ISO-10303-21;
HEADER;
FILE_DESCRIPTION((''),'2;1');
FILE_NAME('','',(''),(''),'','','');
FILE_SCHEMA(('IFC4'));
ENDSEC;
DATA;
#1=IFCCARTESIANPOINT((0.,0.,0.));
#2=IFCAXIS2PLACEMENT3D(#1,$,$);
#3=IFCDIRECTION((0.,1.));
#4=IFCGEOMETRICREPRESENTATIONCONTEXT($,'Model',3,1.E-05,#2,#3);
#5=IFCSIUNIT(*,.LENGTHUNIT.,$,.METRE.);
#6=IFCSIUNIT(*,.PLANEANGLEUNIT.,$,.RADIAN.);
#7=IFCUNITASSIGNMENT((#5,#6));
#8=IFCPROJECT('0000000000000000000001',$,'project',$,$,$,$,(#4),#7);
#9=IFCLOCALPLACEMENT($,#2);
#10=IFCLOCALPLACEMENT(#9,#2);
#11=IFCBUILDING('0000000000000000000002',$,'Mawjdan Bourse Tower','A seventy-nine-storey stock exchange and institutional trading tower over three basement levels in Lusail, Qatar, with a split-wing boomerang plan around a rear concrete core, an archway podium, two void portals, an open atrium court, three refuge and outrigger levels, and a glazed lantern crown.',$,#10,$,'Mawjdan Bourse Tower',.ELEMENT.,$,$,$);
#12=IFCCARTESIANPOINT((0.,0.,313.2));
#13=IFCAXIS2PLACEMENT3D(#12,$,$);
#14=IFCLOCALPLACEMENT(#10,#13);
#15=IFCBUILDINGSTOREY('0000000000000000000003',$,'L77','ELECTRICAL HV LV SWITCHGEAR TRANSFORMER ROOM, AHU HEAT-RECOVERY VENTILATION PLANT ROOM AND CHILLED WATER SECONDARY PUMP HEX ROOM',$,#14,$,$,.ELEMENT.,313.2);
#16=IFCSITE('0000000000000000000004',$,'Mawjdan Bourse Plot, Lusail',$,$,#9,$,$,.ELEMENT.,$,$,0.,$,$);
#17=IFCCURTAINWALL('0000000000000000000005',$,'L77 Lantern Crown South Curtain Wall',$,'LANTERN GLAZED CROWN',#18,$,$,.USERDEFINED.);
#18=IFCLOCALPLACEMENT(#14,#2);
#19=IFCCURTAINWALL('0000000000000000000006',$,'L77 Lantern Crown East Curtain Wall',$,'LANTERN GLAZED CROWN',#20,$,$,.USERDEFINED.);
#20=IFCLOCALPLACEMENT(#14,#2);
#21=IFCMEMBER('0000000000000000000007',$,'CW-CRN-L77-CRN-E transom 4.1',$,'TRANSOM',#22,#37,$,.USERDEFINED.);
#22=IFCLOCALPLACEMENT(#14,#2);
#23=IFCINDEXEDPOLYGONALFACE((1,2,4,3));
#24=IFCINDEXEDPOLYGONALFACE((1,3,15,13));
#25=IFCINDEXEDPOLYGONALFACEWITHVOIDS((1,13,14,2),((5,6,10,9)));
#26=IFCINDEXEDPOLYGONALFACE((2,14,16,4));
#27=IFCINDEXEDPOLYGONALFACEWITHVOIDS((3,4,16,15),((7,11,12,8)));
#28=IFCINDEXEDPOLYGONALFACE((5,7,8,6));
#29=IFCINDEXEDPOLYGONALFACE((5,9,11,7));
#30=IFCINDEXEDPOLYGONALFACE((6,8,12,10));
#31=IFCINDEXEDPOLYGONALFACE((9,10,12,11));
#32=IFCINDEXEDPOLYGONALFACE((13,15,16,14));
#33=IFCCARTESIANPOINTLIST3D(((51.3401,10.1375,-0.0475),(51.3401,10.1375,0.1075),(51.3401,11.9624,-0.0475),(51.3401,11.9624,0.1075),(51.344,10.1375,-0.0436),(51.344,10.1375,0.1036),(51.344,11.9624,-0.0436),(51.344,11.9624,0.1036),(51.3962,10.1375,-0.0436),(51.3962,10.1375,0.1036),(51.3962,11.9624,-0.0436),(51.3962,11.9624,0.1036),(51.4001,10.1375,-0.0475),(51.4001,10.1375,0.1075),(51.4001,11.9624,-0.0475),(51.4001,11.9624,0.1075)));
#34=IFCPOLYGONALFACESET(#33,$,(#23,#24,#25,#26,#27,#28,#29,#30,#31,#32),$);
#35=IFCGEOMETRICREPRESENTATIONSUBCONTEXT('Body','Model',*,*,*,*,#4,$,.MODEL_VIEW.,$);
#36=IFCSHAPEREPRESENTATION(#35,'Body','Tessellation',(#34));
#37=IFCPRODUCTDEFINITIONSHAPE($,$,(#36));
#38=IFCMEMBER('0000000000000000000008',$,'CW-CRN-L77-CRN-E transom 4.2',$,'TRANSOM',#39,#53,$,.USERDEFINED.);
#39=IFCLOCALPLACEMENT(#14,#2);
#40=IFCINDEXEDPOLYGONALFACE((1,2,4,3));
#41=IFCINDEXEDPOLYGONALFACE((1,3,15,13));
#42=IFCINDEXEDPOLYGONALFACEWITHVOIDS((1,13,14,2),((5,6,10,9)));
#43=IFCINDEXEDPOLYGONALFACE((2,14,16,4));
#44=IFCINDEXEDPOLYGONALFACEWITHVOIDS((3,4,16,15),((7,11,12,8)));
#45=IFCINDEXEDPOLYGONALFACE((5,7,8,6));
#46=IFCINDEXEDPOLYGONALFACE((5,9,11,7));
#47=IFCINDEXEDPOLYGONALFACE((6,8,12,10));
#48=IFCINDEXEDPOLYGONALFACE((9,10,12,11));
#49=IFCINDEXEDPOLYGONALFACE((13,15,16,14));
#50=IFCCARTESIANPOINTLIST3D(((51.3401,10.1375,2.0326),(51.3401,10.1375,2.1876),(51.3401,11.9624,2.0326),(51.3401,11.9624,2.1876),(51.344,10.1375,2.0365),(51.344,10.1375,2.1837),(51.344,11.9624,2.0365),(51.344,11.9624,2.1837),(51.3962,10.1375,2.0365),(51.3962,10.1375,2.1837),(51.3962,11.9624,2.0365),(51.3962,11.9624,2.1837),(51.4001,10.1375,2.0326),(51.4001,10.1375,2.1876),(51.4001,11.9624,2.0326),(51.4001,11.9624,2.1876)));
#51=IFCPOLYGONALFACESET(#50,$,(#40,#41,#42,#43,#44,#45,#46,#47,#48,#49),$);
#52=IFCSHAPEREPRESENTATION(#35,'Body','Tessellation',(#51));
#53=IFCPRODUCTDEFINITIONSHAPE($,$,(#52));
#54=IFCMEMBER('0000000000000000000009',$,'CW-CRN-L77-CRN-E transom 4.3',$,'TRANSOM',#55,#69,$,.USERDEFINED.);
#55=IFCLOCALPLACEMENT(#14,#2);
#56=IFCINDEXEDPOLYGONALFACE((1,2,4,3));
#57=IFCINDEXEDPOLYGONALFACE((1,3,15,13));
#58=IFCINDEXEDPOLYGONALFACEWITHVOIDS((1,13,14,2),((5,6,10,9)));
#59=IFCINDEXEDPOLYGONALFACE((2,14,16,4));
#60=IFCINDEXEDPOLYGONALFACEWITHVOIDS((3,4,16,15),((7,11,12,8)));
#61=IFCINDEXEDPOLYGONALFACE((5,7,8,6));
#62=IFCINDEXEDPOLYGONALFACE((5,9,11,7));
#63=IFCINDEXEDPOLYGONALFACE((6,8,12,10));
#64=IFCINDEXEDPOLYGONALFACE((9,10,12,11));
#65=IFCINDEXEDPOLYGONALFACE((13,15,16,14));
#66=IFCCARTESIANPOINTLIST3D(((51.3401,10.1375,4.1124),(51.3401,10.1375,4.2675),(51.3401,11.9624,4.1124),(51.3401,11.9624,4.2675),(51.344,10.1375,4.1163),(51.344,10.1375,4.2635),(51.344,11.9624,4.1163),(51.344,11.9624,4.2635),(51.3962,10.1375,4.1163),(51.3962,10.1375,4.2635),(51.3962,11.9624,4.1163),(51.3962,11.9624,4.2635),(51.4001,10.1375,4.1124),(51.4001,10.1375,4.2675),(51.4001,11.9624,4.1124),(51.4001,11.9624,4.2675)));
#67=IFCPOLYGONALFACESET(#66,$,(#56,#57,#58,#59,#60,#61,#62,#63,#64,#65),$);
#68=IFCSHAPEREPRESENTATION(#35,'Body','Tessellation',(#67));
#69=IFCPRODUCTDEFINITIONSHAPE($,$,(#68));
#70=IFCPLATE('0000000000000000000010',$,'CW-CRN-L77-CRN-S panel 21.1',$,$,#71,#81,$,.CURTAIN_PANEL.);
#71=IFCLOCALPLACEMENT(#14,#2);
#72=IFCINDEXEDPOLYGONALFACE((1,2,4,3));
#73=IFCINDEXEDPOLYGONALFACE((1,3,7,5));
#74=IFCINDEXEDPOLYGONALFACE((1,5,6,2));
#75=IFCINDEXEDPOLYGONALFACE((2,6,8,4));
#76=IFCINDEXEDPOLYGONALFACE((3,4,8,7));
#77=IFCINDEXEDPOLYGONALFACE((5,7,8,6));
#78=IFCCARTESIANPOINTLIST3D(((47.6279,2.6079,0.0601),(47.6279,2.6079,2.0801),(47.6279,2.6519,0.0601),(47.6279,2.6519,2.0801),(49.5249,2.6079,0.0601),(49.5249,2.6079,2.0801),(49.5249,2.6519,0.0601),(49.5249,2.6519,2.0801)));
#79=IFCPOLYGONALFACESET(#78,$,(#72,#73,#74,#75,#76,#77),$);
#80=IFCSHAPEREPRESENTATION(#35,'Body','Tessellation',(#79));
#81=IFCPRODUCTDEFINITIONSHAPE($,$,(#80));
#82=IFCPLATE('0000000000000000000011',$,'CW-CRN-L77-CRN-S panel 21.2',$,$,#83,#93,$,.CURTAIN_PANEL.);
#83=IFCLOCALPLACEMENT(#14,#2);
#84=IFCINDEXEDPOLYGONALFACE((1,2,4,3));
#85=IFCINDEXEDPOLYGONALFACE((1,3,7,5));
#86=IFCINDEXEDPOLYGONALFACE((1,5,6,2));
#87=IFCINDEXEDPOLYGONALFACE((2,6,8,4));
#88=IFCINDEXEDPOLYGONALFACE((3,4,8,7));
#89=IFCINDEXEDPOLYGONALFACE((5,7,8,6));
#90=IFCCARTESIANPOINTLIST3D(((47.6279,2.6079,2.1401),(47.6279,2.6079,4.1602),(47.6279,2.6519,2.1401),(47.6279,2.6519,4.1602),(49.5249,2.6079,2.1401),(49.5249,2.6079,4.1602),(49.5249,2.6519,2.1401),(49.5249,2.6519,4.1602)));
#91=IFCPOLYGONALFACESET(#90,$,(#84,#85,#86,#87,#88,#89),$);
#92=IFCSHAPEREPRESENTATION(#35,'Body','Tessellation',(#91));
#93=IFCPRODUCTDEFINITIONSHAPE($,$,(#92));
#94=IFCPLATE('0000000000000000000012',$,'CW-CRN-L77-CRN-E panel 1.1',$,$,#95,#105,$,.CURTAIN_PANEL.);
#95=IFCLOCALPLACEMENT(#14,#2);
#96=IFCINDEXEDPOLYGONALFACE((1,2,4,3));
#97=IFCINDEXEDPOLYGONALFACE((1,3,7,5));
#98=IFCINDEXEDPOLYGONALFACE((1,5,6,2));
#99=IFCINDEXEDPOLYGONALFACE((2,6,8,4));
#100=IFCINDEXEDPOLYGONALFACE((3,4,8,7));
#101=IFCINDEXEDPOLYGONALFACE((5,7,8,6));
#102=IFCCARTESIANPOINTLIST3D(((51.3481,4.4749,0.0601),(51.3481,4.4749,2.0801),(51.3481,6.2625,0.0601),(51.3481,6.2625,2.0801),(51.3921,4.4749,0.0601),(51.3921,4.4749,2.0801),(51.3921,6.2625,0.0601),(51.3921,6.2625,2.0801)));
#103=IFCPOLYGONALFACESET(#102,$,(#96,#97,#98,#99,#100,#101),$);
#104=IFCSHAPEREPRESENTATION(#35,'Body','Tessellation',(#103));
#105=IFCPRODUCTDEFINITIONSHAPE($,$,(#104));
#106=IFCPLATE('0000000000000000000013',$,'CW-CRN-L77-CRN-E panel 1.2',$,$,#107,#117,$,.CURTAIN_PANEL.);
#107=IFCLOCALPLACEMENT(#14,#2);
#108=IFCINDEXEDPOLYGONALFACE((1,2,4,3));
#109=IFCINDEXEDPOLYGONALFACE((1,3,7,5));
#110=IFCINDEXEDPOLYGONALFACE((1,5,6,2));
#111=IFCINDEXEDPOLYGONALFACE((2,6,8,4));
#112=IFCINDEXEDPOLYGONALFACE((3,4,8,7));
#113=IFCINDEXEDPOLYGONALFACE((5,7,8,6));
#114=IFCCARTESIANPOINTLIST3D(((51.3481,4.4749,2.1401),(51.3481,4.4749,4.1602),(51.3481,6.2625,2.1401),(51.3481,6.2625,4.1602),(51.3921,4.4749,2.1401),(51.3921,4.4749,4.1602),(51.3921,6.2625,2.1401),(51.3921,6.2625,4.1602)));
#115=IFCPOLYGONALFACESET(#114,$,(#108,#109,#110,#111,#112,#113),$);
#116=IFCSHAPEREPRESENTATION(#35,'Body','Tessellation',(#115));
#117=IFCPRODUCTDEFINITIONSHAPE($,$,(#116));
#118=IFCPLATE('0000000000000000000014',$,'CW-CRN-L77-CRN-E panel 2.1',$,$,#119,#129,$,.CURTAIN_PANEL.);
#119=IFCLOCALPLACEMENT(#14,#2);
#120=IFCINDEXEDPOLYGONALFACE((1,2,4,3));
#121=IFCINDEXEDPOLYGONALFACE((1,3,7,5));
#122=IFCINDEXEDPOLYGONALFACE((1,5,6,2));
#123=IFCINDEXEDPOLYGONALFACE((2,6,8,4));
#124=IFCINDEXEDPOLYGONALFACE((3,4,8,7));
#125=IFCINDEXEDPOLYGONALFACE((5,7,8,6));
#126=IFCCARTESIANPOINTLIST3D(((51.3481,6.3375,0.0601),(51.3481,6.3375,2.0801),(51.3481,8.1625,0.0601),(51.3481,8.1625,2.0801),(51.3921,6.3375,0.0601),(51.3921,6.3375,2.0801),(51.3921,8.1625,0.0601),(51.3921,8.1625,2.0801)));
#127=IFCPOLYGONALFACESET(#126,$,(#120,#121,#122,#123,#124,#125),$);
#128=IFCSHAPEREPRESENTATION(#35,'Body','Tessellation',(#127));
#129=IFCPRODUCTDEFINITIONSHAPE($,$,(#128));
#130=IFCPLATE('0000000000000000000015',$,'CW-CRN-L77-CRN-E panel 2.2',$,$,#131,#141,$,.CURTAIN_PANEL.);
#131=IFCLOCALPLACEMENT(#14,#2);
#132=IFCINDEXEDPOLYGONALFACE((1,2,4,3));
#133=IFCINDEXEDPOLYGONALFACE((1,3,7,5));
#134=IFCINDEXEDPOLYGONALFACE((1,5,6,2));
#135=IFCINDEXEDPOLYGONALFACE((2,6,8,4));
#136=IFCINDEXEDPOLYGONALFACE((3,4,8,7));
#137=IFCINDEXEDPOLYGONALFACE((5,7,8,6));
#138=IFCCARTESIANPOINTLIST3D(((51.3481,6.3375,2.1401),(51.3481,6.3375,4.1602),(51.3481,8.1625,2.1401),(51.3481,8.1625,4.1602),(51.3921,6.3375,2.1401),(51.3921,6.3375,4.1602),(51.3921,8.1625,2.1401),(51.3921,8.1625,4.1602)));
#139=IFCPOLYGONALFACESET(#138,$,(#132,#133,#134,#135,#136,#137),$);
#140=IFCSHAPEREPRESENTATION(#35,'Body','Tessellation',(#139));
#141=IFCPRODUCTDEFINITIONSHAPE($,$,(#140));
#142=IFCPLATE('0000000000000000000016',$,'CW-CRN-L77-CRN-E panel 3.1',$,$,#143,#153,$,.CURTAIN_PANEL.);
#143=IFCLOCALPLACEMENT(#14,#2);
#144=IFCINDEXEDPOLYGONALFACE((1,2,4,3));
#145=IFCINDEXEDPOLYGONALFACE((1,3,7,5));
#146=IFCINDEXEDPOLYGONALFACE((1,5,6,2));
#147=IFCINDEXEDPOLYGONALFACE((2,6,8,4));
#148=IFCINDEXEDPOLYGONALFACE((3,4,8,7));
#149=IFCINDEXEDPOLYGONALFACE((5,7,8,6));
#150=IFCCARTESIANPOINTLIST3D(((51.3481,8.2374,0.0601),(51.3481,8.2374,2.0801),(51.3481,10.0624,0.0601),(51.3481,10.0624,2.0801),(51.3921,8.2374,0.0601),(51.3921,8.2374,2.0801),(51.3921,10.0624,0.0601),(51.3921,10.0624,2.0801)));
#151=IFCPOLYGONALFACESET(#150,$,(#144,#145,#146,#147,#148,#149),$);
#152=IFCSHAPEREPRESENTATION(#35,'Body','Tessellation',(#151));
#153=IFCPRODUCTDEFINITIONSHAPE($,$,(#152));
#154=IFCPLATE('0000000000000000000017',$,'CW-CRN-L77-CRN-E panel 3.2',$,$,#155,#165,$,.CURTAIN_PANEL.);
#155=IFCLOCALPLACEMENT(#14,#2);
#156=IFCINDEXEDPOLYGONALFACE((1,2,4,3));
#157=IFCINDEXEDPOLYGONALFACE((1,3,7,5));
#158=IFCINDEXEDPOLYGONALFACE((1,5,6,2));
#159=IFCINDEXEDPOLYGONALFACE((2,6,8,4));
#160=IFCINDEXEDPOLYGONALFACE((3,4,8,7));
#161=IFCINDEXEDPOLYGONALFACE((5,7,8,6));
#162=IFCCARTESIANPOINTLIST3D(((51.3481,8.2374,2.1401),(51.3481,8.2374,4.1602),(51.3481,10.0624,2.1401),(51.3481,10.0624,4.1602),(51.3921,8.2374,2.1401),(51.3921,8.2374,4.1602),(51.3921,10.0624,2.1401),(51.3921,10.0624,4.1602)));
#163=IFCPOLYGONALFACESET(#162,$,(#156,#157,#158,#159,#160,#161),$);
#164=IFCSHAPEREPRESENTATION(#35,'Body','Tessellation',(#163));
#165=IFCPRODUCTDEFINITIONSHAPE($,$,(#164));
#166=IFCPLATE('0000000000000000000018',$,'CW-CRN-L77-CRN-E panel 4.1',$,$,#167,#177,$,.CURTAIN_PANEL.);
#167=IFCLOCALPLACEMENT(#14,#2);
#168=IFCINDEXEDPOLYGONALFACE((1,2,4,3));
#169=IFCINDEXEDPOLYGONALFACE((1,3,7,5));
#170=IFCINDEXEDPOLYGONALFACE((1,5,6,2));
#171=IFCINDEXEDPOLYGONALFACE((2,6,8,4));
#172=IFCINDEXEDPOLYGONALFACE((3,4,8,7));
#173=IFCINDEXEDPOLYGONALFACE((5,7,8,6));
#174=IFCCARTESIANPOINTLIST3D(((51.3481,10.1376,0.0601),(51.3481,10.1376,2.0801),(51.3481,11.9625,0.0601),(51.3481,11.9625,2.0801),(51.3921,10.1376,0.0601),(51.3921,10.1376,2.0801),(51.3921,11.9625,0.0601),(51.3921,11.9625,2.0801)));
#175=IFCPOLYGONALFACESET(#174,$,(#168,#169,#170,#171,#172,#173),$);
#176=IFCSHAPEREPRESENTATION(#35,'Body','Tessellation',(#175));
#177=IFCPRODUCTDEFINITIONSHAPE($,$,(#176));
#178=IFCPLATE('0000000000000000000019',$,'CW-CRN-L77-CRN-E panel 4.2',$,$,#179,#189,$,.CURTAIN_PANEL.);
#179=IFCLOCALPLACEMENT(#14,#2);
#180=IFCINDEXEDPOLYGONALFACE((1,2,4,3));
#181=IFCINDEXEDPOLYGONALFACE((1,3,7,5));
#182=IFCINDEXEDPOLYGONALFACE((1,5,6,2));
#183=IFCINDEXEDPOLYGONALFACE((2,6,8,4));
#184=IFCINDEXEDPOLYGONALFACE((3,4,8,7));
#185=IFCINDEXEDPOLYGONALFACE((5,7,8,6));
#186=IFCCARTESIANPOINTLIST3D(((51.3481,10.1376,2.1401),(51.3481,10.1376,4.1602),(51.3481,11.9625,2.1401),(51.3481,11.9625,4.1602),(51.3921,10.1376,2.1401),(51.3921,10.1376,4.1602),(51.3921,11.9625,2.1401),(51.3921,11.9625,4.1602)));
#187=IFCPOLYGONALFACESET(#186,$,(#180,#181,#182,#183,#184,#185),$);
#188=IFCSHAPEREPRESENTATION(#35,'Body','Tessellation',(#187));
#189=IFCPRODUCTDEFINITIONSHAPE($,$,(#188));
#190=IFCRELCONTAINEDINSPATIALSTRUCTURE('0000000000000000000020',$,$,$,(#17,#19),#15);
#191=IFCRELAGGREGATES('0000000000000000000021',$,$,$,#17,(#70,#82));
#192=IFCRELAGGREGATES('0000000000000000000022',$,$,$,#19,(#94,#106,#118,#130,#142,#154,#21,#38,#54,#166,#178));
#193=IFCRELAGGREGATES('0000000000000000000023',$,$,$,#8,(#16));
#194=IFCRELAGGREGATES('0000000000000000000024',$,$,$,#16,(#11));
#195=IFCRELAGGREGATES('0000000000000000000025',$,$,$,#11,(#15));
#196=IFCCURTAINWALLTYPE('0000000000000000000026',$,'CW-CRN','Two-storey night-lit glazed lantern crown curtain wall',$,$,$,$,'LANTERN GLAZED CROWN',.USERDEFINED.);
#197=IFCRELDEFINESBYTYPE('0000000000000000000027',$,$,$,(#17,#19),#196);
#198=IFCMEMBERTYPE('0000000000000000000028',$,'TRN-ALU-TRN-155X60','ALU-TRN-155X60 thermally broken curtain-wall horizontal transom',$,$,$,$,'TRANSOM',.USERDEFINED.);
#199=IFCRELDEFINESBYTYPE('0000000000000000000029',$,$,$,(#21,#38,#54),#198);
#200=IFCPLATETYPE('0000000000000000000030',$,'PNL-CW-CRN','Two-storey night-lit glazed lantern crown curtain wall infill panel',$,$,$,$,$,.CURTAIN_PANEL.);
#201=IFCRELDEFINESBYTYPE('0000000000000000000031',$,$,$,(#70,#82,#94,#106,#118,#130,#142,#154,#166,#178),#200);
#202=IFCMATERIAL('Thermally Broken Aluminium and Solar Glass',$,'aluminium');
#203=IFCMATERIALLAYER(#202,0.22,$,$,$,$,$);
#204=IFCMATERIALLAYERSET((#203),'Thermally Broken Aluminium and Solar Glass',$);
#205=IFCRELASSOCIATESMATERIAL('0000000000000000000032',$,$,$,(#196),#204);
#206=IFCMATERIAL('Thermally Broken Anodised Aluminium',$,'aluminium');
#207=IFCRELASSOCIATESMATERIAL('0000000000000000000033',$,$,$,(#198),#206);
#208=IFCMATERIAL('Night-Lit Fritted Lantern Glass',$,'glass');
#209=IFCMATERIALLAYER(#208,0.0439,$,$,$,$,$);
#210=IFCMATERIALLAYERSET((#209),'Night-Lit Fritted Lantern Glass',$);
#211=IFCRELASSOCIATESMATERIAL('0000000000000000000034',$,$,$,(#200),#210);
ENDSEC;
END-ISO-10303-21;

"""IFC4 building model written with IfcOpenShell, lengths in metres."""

from ifc_helpers import new_model, si_unit, direction, frame, origin, origin_2d, place, context, subcontext, project, spatial, rectangle, hollow_rectangle, extrude, material, layer, layer_set, material_profile, profile_set, type_object, element, aggregate, save


model = new_model("IFC4")

# Units and contexts
model_context = context("Model", 3, precision=1e-05, world=origin(), true_north=direction((0.0, 1.0)))
body_context = subcontext(model_context, "Body", "Model", "MODEL_VIEW")
ifc_project = project(units=[si_unit("LENGTHUNIT", "METRE"), si_unit("PLANEANGLEUNIT", "RADIAN")], contexts=[model_context])

# Site, building, storey
site_placement = place(None, origin())
site = spatial("IfcSite", under=ifc_project, at=site_placement, Name="Mawjdan Bourse Plot, Lusail", CompositionType="ELEMENT", RefElevation=0.0)
building_placement = place(site_placement, origin())
building = spatial("IfcBuilding", under=site, at=building_placement, Name="Mawjdan Bourse Tower", Description="A seventy-nine-storey stock exchange and institutional trading tower over three basement levels in Lusail, Qatar, with a split-wing boomerang plan around a rear concrete core, an archway podium, two void portals, an open atrium court, three refuge and outrigger levels, and a glazed lantern crown.", LongName="Mawjdan Bourse Tower", CompositionType="ELEMENT")
storey_placement = place(building_placement, frame((0.0, 0.0, 313.2)))
storey = spatial("IfcBuildingStorey", under=building, at=storey_placement, Name="L77", Description="ELECTRICAL HV LV SWITCHGEAR TRANSFORMER ROOM, AHU HEAT-RECOVERY VENTILATION PLANT ROOM AND CHILLED WATER SECONDARY PUMP HEX ROOM", CompositionType="ELEMENT", Elevation=313.2)

# Curtain wall
ifc_material_1 = material(Name="Thermally Broken Aluminium and Solar Glass", Category="aluminium")
ifc_layer_1 = layer(ifc_material_1, 0.22)
ifc_layer_set_1 = layer_set([ifc_layer_1], Name="Thermally Broken Aluminium and Solar Glass")
curtain_wall_type = type_object("IfcCurtainWallType", Name="CW-CRN", Description="Two-storey night-lit glazed lantern crown curtain wall", ElementType="LANTERN GLAZED CROWN", PredefinedType="USERDEFINED", material=ifc_layer_set_1)
curtain_wall_1_placement = place(storey_placement, origin())
curtain_wall_1 = element("IfcCurtainWall", 1, at=curtain_wall_1_placement, inside=storey, type_object=curtain_wall_type, Name="L77 Lantern Crown South Curtain Wall", ObjectType="LANTERN GLAZED CROWN", PredefinedType="USERDEFINED")
ifc_material_2 = material(Name="Thermally Broken Anodised Aluminium", Category="aluminium")

# Curtain wall
curtain_wall_2_placement = place(storey_placement, origin())
curtain_wall_2 = element("IfcCurtainWall", 2, at=curtain_wall_2_placement, inside=storey, type_object=curtain_wall_type, Name="L77 Lantern Crown East Curtain Wall", ObjectType="LANTERN GLAZED CROWN", PredefinedType="USERDEFINED")

# Members
ifc_material_profile_1 = material_profile(ifc_material_2, hollow_rectangle(XDim=0.0601, YDim=0.155, WallThickness=0.0039, at=origin_2d()), Name="ALU-TRN-155X60")
ifc_profile_set_1 = profile_set([ifc_material_profile_1], Name="Thermally Broken Anodised Aluminium")
member_type_1 = type_object("IfcMemberType", Name="TRN-ALU-TRN-155X60", Description="ALU-TRN-155X60 thermally broken curtain-wall horizontal transom", ElementType="TRANSOM", PredefinedType="USERDEFINED", material=ifc_profile_set_1)
member_1_placement = place(storey_placement, frame((51.3701, 10.1375, 0.03), z_axis=(0.0, 1.0, 0.0), x_axis=(-1.0, 0.0, 0.0)))
member_1 = element("IfcMember", 3, at=member_1_placement, type_object=member_type_1, Name="CW-CRN-L77-CRN-E transom 4.1", ObjectType="TRANSOM", PredefinedType="USERDEFINED", context=body_context, shape_type="SweptSolid", body=[
    extrude(hollow_rectangle(XDim=0.0601, YDim=0.155, WallThickness=0.0039, at=origin_2d()), origin(), (0.0, 0.0, 1.0), 1.825),
])
member_2_placement = place(storey_placement, frame((51.3701, 10.1375, 2.1101), z_axis=(0.0, 1.0, 0.0), x_axis=(-1.0, 0.0, 0.0)))
member_2 = element("IfcMember", 4, at=member_2_placement, type_object=member_type_1, Name="CW-CRN-L77-CRN-E transom 4.2", ObjectType="TRANSOM", PredefinedType="USERDEFINED", context=body_context, shape_type="SweptSolid", body=[
    extrude(hollow_rectangle(XDim=0.0601, YDim=0.155, WallThickness=0.0039, at=origin_2d()), origin(), (0.0, 0.0, 1.0), 1.825),
])
member_3_placement = place(storey_placement, frame((51.3701, 10.1375, 4.1899), z_axis=(0.0, 1.0, 0.0), x_axis=(-1.0, 0.0, 0.0)))
member_3 = element("IfcMember", 5, at=member_3_placement, type_object=member_type_1, Name="CW-CRN-L77-CRN-E transom 4.3", ObjectType="TRANSOM", PredefinedType="USERDEFINED", context=body_context, shape_type="SweptSolid", body=[
    extrude(hollow_rectangle(XDim=0.0601, YDim=0.155, WallThickness=0.0039, at=origin_2d()), origin(), (0.0, 0.0, 1.0), 1.825),
])

# Plates
ifc_material_3 = material(Name="Night-Lit Fritted Lantern Glass", Category="glass")
ifc_layer_2 = layer(ifc_material_3, 0.0439)
ifc_layer_set_2 = layer_set([ifc_layer_2], Name="Night-Lit Fritted Lantern Glass")
plate_type = type_object("IfcPlateType", Name="PNL-CW-CRN", Description="Two-storey night-lit glazed lantern crown curtain wall infill panel", PredefinedType="CURTAIN_PANEL", material=ifc_layer_set_2)
plate_1_placement = place(storey_placement, frame((48.5764, 2.6299, 0.0601), z_axis=(0.0, 0.0, 1.0), x_axis=(1.0, 0.0, 0.0)))
plate_1 = element("IfcPlate", 6, at=plate_1_placement, type_object=plate_type, Name="CW-CRN-L77-CRN-S panel 21.1", PredefinedType="CURTAIN_PANEL", context=body_context, shape_type="SweptSolid", body=[
    extrude(rectangle(XDim=1.897, YDim=0.0439, at=origin_2d()), origin(), (0.0, 0.0, 1.0), 2.02),
])
plate_2_placement = place(storey_placement, frame((48.5764, 2.6299, 2.1401), z_axis=(0.0, 0.0, 1.0), x_axis=(1.0, 0.0, 0.0)))
plate_2 = element("IfcPlate", 7, at=plate_2_placement, type_object=plate_type, Name="CW-CRN-L77-CRN-S panel 21.2", PredefinedType="CURTAIN_PANEL", context=body_context, shape_type="SweptSolid", body=[
    extrude(rectangle(XDim=1.897, YDim=0.0439, at=origin_2d()), origin(), (0.0, 0.0, 1.0), 2.02),
])
aggregate(curtain_wall_1, [plate_1, plate_2])
plate_3_placement = place(storey_placement, frame((51.3701, 5.3687, 0.0601), z_axis=(0.0, 0.0, 1.0), x_axis=(0.0, 1.0, 0.0)))
plate_3 = element("IfcPlate", 8, at=plate_3_placement, type_object=plate_type, Name="CW-CRN-L77-CRN-E panel 1.1", PredefinedType="CURTAIN_PANEL", context=body_context, shape_type="SweptSolid", body=[
    extrude(rectangle(XDim=1.7876, YDim=0.0439, at=origin_2d()), origin(), (0.0, 0.0, 1.0), 2.02),
])
plate_4_placement = place(storey_placement, frame((51.3701, 5.3687, 2.1401), z_axis=(0.0, 0.0, 1.0), x_axis=(0.0, 1.0, 0.0)))
plate_4 = element("IfcPlate", 9, at=plate_4_placement, type_object=plate_type, Name="CW-CRN-L77-CRN-E panel 1.2", PredefinedType="CURTAIN_PANEL", context=body_context, shape_type="SweptSolid", body=[
    extrude(rectangle(XDim=1.7876, YDim=0.0439, at=origin_2d()), origin(), (0.0, 0.0, 1.0), 2.02),
])
plate_5_placement = place(storey_placement, frame((51.3701, 7.25, 0.0601), z_axis=(0.0, 0.0, 1.0), x_axis=(0.0, 1.0, 0.0)))
plate_5 = element("IfcPlate", 10, at=plate_5_placement, type_object=plate_type, Name="CW-CRN-L77-CRN-E panel 2.1", PredefinedType="CURTAIN_PANEL", context=body_context, shape_type="SweptSolid", body=[
    extrude(rectangle(XDim=1.825, YDim=0.0439, at=origin_2d()), origin(), (0.0, 0.0, 1.0), 2.02),
])
plate_6_placement = place(storey_placement, frame((51.3701, 7.25, 2.1401), z_axis=(0.0, 0.0, 1.0), x_axis=(0.0, 1.0, 0.0)))
plate_6 = element("IfcPlate", 11, at=plate_6_placement, type_object=plate_type, Name="CW-CRN-L77-CRN-E panel 2.2", PredefinedType="CURTAIN_PANEL", context=body_context, shape_type="SweptSolid", body=[
    extrude(rectangle(XDim=1.825, YDim=0.0439, at=origin_2d()), origin(), (0.0, 0.0, 1.0), 2.02),
])
plate_7_placement = place(storey_placement, frame((51.3701, 9.1499, 0.0601), z_axis=(0.0, 0.0, 1.0), x_axis=(0.0, 1.0, 0.0)))
plate_7 = element("IfcPlate", 12, at=plate_7_placement, type_object=plate_type, Name="CW-CRN-L77-CRN-E panel 3.1", PredefinedType="CURTAIN_PANEL", context=body_context, shape_type="SweptSolid", body=[
    extrude(rectangle(XDim=1.825, YDim=0.0439, at=origin_2d()), origin(), (0.0, 0.0, 1.0), 2.02),
])
plate_8_placement = place(storey_placement, frame((51.3701, 9.1499, 2.1401), z_axis=(0.0, 0.0, 1.0), x_axis=(0.0, 1.0, 0.0)))
plate_8 = element("IfcPlate", 13, at=plate_8_placement, type_object=plate_type, Name="CW-CRN-L77-CRN-E panel 3.2", PredefinedType="CURTAIN_PANEL", context=body_context, shape_type="SweptSolid", body=[
    extrude(rectangle(XDim=1.825, YDim=0.0439, at=origin_2d()), origin(), (0.0, 0.0, 1.0), 2.02),
])
plate_9_placement = place(storey_placement, frame((51.3701, 11.05, 0.0601), z_axis=(0.0, 0.0, 1.0), x_axis=(0.0, 1.0, 0.0)))
plate_9 = element("IfcPlate", 14, at=plate_9_placement, type_object=plate_type, Name="CW-CRN-L77-CRN-E panel 4.1", PredefinedType="CURTAIN_PANEL", context=body_context, shape_type="SweptSolid", body=[
    extrude(rectangle(XDim=1.825, YDim=0.0439, at=origin_2d()), origin(), (0.0, 0.0, 1.0), 2.02),
])
plate_10_placement = place(storey_placement, frame((51.3701, 11.05, 2.1401), z_axis=(0.0, 0.0, 1.0), x_axis=(0.0, 1.0, 0.0)))
plate_10 = element("IfcPlate", 15, at=plate_10_placement, type_object=plate_type, Name="CW-CRN-L77-CRN-E panel 4.2", PredefinedType="CURTAIN_PANEL", context=body_context, shape_type="SweptSolid", body=[
    extrude(rectangle(XDim=1.825, YDim=0.0439, at=origin_2d()), origin(), (0.0, 0.0, 1.0), 2.02),
])
aggregate(curtain_wall_2, [plate_3, plate_4, plate_5, plate_6, plate_7, plate_8, member_1, member_2, member_3, plate_9, plate_10])

save(model, "model.ifc")
